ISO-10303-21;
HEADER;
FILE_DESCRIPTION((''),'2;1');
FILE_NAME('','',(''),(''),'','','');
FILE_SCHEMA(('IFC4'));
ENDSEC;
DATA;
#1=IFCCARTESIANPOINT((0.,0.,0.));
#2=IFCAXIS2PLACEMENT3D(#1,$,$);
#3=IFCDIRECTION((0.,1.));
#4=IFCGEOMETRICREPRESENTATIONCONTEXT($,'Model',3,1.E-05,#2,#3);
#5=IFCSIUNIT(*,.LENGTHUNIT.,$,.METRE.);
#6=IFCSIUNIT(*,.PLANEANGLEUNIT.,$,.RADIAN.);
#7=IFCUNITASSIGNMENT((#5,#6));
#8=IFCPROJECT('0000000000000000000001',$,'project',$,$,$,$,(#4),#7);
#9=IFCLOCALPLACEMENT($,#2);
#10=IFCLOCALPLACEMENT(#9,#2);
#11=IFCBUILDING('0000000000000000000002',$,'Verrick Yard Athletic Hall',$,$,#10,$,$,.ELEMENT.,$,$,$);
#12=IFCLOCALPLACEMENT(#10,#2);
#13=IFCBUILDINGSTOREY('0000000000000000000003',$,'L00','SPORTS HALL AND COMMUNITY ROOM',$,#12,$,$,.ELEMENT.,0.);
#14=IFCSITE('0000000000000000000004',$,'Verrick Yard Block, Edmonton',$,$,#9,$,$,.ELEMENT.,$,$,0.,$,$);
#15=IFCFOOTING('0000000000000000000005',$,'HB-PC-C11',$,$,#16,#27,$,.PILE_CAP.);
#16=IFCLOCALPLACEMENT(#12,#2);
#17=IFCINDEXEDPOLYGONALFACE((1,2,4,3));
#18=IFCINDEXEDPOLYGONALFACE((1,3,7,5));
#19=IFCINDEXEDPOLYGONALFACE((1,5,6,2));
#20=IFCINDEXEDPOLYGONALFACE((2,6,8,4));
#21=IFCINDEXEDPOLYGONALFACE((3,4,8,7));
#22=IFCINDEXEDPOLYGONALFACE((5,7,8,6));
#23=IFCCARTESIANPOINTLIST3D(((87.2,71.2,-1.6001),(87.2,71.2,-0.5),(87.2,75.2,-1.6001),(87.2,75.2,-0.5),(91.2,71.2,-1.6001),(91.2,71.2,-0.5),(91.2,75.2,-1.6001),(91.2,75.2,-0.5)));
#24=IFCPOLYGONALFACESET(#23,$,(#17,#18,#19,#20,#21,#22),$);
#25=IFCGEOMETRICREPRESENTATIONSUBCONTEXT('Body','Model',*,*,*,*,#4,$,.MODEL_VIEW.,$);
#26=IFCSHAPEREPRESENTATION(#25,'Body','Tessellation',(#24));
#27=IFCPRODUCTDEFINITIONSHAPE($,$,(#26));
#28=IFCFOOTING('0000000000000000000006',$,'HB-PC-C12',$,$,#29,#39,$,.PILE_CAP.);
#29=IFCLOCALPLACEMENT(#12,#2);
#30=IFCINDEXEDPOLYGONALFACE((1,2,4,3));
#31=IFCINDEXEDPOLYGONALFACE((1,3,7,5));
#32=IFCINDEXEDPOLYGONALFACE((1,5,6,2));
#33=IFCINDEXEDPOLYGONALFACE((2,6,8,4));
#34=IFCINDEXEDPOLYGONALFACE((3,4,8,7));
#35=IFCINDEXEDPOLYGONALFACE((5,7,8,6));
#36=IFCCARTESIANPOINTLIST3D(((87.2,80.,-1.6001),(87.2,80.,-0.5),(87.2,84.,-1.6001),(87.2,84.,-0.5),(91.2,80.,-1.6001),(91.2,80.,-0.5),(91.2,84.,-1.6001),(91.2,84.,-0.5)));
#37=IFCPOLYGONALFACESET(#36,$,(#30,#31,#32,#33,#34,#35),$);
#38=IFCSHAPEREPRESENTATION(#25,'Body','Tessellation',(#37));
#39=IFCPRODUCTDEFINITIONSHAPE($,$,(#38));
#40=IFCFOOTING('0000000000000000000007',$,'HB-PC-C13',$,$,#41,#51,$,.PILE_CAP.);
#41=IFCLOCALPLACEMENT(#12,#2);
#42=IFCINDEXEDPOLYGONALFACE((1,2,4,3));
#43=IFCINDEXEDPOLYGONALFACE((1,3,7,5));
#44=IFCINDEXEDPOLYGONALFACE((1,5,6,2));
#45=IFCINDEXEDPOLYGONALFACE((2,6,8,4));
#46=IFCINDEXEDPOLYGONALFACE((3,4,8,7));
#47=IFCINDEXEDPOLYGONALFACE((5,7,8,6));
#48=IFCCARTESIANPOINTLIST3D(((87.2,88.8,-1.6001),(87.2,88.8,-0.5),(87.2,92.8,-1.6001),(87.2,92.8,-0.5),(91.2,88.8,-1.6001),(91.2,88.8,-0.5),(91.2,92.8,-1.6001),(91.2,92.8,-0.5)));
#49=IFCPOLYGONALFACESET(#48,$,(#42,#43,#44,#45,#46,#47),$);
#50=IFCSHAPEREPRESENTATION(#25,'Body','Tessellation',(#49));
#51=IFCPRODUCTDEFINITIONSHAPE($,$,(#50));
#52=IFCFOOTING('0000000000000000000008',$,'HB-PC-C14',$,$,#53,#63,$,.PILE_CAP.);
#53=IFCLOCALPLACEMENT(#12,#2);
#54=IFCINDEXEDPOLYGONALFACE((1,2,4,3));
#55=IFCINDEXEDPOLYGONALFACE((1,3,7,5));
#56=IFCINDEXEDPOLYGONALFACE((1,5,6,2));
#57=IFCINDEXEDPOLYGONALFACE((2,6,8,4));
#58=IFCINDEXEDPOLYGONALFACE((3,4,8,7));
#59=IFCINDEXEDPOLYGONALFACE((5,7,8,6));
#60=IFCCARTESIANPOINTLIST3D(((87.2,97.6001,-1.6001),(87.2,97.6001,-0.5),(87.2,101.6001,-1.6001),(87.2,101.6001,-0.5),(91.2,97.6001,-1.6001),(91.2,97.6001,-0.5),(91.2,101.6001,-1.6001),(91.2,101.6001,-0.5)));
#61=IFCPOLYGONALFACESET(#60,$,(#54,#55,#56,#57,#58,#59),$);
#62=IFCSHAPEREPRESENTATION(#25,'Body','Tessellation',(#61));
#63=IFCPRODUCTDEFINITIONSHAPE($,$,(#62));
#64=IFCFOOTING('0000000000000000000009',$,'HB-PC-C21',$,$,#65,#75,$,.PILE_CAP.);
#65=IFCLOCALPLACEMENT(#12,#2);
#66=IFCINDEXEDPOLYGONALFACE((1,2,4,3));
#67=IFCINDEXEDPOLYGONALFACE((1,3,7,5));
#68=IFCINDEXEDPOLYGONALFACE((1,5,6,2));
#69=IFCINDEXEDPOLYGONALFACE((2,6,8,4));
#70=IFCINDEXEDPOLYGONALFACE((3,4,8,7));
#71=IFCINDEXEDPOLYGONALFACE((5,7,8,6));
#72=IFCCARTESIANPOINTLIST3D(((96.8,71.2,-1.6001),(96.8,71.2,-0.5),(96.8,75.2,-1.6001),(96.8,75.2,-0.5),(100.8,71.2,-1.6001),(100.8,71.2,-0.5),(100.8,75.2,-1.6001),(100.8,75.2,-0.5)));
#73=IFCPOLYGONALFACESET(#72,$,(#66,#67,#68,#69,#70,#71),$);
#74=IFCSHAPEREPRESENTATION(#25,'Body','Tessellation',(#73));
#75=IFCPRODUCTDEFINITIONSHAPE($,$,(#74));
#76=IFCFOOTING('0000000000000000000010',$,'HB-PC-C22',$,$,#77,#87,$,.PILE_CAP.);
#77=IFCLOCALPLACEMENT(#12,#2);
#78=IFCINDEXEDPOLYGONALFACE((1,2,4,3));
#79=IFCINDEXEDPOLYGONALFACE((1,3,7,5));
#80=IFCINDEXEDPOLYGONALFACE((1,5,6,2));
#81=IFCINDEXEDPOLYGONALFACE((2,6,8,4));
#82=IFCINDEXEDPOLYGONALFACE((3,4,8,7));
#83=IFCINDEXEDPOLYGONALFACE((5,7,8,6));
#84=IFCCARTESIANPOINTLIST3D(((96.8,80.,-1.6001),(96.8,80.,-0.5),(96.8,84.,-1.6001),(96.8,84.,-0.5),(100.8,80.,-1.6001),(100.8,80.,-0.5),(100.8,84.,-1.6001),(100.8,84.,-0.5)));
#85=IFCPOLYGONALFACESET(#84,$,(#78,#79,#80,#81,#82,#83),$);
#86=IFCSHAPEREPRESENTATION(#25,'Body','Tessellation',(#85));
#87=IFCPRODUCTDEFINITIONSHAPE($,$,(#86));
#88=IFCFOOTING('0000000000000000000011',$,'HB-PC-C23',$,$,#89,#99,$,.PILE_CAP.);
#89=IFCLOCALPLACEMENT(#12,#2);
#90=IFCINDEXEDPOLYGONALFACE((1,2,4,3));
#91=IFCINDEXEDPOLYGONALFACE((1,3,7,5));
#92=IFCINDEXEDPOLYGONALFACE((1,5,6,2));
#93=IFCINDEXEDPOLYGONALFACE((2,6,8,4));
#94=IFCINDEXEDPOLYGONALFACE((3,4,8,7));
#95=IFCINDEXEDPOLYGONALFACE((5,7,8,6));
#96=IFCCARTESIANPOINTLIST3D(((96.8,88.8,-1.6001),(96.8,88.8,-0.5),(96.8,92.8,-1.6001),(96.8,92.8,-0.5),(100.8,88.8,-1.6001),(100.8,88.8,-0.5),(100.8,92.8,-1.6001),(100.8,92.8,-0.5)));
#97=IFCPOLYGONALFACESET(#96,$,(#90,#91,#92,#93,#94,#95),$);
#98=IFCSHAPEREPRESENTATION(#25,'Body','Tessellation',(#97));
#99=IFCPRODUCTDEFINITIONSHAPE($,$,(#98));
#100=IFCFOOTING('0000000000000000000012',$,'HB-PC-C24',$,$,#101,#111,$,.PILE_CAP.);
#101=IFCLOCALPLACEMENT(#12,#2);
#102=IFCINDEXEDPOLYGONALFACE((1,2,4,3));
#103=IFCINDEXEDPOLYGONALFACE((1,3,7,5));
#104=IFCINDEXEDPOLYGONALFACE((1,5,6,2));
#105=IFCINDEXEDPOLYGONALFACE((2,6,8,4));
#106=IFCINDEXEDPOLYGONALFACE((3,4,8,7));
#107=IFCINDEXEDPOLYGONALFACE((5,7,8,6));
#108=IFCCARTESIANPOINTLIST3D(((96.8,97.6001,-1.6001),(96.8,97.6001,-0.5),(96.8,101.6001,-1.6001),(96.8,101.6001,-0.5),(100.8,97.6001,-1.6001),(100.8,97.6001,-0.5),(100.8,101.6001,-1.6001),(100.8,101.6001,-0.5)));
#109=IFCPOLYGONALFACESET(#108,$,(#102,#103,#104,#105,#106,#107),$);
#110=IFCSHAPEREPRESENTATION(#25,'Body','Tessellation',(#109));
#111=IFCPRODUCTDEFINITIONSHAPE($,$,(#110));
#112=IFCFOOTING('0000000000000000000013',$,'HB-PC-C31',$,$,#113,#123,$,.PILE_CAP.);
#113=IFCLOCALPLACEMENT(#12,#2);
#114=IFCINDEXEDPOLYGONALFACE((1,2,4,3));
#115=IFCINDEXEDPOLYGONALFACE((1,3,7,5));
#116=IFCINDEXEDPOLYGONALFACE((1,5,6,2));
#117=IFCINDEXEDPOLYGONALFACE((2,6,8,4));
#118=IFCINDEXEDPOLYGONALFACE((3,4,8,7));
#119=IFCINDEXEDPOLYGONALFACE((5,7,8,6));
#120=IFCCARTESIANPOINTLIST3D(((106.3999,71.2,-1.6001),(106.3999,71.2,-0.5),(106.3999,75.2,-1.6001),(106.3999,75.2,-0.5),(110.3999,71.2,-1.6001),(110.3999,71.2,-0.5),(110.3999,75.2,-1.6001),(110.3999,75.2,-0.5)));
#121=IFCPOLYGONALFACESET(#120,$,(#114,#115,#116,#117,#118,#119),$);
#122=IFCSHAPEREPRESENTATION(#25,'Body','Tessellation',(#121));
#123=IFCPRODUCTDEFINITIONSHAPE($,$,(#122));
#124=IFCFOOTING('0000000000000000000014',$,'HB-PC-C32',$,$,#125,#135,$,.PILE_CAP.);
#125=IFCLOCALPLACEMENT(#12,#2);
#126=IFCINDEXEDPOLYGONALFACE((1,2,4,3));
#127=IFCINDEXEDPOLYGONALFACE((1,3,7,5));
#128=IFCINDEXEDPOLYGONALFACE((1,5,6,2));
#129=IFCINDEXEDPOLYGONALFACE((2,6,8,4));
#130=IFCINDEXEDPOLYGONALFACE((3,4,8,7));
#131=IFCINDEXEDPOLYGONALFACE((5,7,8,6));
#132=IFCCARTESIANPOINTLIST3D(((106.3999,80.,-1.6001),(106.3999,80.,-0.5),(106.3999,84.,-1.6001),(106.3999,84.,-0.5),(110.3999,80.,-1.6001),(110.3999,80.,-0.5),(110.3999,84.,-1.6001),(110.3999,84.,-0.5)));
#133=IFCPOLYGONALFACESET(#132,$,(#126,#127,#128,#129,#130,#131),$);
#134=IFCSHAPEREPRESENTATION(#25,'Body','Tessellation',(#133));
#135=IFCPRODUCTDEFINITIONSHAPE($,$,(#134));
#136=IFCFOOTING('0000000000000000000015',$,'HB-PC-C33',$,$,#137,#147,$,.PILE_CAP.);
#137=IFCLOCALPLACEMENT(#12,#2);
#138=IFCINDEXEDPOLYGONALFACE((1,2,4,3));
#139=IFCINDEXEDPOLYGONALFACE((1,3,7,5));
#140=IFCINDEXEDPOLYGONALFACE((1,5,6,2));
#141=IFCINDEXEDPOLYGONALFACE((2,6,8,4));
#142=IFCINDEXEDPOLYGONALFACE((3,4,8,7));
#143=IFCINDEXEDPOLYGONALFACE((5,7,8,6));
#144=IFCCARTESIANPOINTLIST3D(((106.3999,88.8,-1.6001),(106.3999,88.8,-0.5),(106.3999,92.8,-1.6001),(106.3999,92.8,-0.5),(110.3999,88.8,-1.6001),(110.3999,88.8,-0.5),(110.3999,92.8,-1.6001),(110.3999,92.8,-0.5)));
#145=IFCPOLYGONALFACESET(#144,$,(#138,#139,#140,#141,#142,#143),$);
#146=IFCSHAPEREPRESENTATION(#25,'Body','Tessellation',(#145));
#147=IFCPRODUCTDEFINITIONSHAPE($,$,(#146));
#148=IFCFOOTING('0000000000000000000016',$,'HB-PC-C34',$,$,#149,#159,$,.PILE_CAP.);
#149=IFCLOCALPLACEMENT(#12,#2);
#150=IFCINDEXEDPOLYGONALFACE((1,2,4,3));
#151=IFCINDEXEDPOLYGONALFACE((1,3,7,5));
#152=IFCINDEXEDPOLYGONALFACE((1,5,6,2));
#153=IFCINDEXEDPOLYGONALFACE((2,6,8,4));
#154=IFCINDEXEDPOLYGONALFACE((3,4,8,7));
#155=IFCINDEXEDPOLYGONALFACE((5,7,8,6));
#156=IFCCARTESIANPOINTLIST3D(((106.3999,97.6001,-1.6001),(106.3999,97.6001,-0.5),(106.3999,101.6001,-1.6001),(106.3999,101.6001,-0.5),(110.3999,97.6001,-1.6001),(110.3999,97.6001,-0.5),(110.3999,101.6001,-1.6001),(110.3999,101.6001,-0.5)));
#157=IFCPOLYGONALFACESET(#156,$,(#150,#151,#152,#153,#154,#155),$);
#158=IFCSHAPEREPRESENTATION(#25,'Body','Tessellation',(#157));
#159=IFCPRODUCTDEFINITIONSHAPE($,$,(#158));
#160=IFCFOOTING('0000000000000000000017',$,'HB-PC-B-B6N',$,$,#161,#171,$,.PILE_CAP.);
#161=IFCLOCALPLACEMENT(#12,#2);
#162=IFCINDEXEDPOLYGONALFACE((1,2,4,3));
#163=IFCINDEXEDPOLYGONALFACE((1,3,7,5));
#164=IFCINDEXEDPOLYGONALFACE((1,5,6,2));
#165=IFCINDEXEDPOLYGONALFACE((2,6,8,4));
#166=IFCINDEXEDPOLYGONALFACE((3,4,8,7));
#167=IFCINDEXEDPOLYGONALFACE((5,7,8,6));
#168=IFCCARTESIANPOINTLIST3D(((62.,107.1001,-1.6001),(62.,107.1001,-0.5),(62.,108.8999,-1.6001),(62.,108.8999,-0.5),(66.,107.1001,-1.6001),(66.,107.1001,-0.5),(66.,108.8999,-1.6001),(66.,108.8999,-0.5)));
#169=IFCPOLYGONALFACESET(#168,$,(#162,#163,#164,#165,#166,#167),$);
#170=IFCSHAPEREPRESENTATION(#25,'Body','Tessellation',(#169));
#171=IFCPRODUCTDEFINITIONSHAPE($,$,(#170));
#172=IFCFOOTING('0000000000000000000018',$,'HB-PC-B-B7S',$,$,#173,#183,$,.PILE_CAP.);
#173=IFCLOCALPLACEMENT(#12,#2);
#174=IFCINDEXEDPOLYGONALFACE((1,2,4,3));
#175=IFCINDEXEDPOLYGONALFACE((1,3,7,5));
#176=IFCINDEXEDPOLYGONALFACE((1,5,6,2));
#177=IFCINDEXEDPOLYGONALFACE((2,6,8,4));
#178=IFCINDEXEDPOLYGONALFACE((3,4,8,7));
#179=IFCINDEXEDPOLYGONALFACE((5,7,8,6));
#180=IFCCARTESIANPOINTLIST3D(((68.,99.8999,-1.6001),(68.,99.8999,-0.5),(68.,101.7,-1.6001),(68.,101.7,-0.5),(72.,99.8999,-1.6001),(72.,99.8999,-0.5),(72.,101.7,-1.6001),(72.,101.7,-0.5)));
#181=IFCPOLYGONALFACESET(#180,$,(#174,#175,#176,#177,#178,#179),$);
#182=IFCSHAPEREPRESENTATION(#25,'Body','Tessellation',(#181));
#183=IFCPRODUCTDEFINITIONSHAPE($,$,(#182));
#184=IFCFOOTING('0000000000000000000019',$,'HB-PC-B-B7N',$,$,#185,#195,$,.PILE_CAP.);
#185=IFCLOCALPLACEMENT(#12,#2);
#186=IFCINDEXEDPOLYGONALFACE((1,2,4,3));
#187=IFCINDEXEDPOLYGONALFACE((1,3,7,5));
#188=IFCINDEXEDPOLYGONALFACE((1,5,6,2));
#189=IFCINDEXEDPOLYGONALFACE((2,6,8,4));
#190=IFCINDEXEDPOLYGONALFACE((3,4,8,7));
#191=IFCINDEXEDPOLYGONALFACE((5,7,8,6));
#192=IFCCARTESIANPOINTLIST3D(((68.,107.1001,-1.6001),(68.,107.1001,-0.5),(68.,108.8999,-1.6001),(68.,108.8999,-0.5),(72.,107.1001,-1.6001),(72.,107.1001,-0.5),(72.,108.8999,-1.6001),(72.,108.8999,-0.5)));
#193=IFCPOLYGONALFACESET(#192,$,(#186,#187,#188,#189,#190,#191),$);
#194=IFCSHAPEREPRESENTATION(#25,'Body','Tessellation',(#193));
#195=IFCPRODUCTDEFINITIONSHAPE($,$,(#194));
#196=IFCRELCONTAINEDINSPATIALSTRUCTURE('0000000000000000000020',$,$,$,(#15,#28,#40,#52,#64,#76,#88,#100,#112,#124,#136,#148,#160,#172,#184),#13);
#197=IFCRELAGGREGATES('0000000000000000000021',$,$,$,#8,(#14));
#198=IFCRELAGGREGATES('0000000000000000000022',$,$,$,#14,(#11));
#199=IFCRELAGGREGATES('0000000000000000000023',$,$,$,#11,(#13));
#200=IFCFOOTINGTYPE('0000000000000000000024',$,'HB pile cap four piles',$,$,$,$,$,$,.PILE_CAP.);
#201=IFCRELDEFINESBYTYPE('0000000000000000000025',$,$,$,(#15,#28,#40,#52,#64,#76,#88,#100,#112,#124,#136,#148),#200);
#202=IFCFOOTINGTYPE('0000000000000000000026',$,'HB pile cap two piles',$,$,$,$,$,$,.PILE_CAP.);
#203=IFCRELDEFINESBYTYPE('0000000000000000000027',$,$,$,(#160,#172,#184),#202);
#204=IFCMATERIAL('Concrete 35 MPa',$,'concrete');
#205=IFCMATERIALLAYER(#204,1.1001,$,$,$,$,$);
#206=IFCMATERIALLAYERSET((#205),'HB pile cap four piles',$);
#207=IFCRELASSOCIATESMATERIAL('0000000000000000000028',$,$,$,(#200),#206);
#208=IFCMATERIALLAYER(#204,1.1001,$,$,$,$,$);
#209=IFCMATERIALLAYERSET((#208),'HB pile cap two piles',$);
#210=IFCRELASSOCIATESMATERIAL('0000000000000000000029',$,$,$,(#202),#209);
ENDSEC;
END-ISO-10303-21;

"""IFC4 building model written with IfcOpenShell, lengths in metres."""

from ifc_helpers import new_model, si_unit, direction, frame, origin, place, context, subcontext, project, spatial, polyline, outline, extrude, material, layer, layer_set, type_object, element, save


model = new_model("IFC4")

# Units and contexts
model_context = context("Model", 3, precision=1e-05, world=origin(), true_north=direction((0.0, 1.0)))
body_context = subcontext(model_context, "Body", "Model", "MODEL_VIEW")
ifc_project = project(units=[si_unit("LENGTHUNIT", "METRE"), si_unit("PLANEANGLEUNIT", "RADIAN")], contexts=[model_context])

# Site, building, storey
site_placement = place(None, origin())
site = spatial("IfcSite", under=ifc_project, at=site_placement, Name="Verrick Yard Block, Edmonton", CompositionType="ELEMENT", RefElevation=0.0)
building_placement = place(site_placement, origin())
building = spatial("IfcBuilding", under=site, at=building_placement, Name="Verrick Yard Athletic Hall", CompositionType="ELEMENT")
storey_placement = place(building_placement, origin())
storey = spatial("IfcBuildingStorey", under=building, at=storey_placement, Name="L00", Description="SPORTS HALL AND COMMUNITY ROOM", CompositionType="ELEMENT", Elevation=0.0)

# Footings
ifc_material_1 = material(Name="Concrete 35 MPa", Category="concrete")
ifc_layer_1 = layer(ifc_material_1, 1.1001)
ifc_layer_set_1 = layer_set([ifc_layer_1], Name="HB pile cap four piles")
footing_type_1 = type_object("IfcFootingType", Name="HB pile cap four piles", PredefinedType="PILE_CAP", material=ifc_layer_set_1)
footing_1_placement = place(storey_placement, frame((0.0, 0.0, -1.6001)))
element("IfcFooting", 1, at=footing_1_placement, inside=storey, type_object=footing_type_1, Name="HB-PC-C11", PredefinedType="PILE_CAP", context=body_context, shape_type="SweptSolid", body=[
    extrude(outline(polyline([(87.2, 71.2), (91.2, 71.2), (91.2, 75.2), (87.2, 75.2), (87.2, 71.2)])), origin(), (0.0, 0.0, 1.0), 1.1001),
])
footing_2_placement = place(storey_placement, frame((0.0, 0.0, -1.6001)))
element("IfcFooting", 2, at=footing_2_placement, inside=storey, type_object=footing_type_1, Name="HB-PC-C12", PredefinedType="PILE_CAP", context=body_context, shape_type="SweptSolid", body=[
    extrude(outline(polyline([(87.2, 80.0), (91.2, 80.0), (91.2, 84.0), (87.2, 84.0), (87.2, 80.0)])), origin(), (0.0, 0.0, 1.0), 1.1001),
])
footing_3_placement = place(storey_placement, frame((0.0, 0.0, -1.6001)))
element("IfcFooting", 3, at=footing_3_placement, inside=storey, type_object=footing_type_1, Name="HB-PC-C13", PredefinedType="PILE_CAP", context=body_context, shape_type="SweptSolid", body=[
    extrude(outline(polyline([(87.2, 88.8), (91.2, 88.8), (91.2, 92.8), (87.2, 92.8), (87.2, 88.8)])), origin(), (0.0, 0.0, 1.0), 1.1001),
])
footing_4_placement = place(storey_placement, frame((0.0, 0.0, -1.6001)))
element("IfcFooting", 4, at=footing_4_placement, inside=storey, type_object=footing_type_1, Name="HB-PC-C14", PredefinedType="PILE_CAP", context=body_context, shape_type="SweptSolid", body=[
    extrude(outline(polyline([(87.2, 97.6001), (91.2, 97.6001), (91.2, 101.6001), (87.2, 101.6001), (87.2, 97.6001)])), origin(), (0.0, 0.0, 1.0), 1.1001),
])
footing_5_placement = place(storey_placement, frame((0.0, 0.0, -1.6001)))
element("IfcFooting", 5, at=footing_5_placement, inside=storey, type_object=footing_type_1, Name="HB-PC-C21", PredefinedType="PILE_CAP", context=body_context, shape_type="SweptSolid", body=[
    extrude(outline(polyline([(96.8, 71.2), (100.8, 71.2), (100.8, 75.2), (96.8, 75.2), (96.8, 71.2)])), origin(), (0.0, 0.0, 1.0), 1.1001),
])
footing_6_placement = place(storey_placement, frame((0.0, 0.0, -1.6001)))
element("IfcFooting", 6, at=footing_6_placement, inside=storey, type_object=footing_type_1, Name="HB-PC-C22", PredefinedType="PILE_CAP", context=body_context, shape_type="SweptSolid", body=[
    extrude(outline(polyline([(96.8, 80.0), (100.8, 80.0), (100.8, 84.0), (96.8, 84.0), (96.8, 80.0)])), origin(), (0.0, 0.0, 1.0), 1.1001),
])
footing_7_placement = place(storey_placement, frame((0.0, 0.0, -1.6001)))
element("IfcFooting", 7, at=footing_7_placement, inside=storey, type_object=footing_type_1, Name="HB-PC-C23", PredefinedType="PILE_CAP", context=body_context, shape_type="SweptSolid", body=[
    extrude(outline(polyline([(96.8, 88.8), (100.8, 88.8), (100.8, 92.8), (96.8, 92.8), (96.8, 88.8)])), origin(), (0.0, 0.0, 1.0), 1.1001),
])
footing_8_placement = place(storey_placement, frame((0.0, 0.0, -1.6001)))
element("IfcFooting", 8, at=footing_8_placement, inside=storey, type_object=footing_type_1, Name="HB-PC-C24", PredefinedType="PILE_CAP", context=body_context, shape_type="SweptSolid", body=[
    extrude(outline(polyline([(96.8, 97.6001), (100.8, 97.6001), (100.8, 101.6001), (96.8, 101.6001), (96.8, 97.6001)])), origin(), (0.0, 0.0, 1.0), 1.1001),
])
footing_9_placement = place(storey_placement, frame((0.0, 0.0, -1.6001)))
element("IfcFooting", 9, at=footing_9_placement, inside=storey, type_object=footing_type_1, Name="HB-PC-C31", PredefinedType="PILE_CAP", context=body_context, shape_type="SweptSolid", body=[
    extrude(outline(polyline([(106.3999, 71.2), (110.3999, 71.2), (110.3999, 75.2), (106.3999, 75.2), (106.3999, 71.2)])), origin(), (0.0, 0.0, 1.0), 1.1001),
])
footing_10_placement = place(storey_placement, frame((0.0, 0.0, -1.6001)))
element("IfcFooting", 10, at=footing_10_placement, inside=storey, type_object=footing_type_1, Name="HB-PC-C32", PredefinedType="PILE_CAP", context=body_context, shape_type="SweptSolid", body=[
    extrude(outline(polyline([(106.3999, 80.0), (110.3999, 80.0), (110.3999, 84.0), (106.3999, 84.0), (106.3999, 80.0)])), origin(), (0.0, 0.0, 1.0), 1.1001),
])
footing_11_placement = place(storey_placement, frame((0.0, 0.0, -1.6001)))
element("IfcFooting", 11, at=footing_11_placement, inside=storey, type_object=footing_type_1, Name="HB-PC-C33", PredefinedType="PILE_CAP", context=body_context, shape_type="SweptSolid", body=[
    extrude(outline(polyline([(106.3999, 88.8), (110.3999, 88.8), (110.3999, 92.8), (106.3999, 92.8), (106.3999, 88.8)])), origin(), (0.0, 0.0, 1.0), 1.1001),
])
footing_12_placement = place(storey_placement, frame((0.0, 0.0, -1.6001)))
element("IfcFooting", 12, at=footing_12_placement, inside=storey, type_object=footing_type_1, Name="HB-PC-C34", PredefinedType="PILE_CAP", context=body_context, shape_type="SweptSolid", body=[
    extrude(outline(polyline([(106.3999, 97.6001), (110.3999, 97.6001), (110.3999, 101.6001), (106.3999, 101.6001), (106.3999, 97.6001)])), origin(), (0.0, 0.0, 1.0), 1.1001),
])
ifc_layer_2 = layer(ifc_material_1, 1.1001)
ifc_layer_set_2 = layer_set([ifc_layer_2], Name="HB pile cap two piles")
footing_type_2 = type_object("IfcFootingType", Name="HB pile cap two piles", PredefinedType="PILE_CAP", material=ifc_layer_set_2)
footing_13_placement = place(storey_placement, frame((0.0, 0.0, -1.6001)))
element("IfcFooting", 13, at=footing_13_placement, inside=storey, type_object=footing_type_2, Name="HB-PC-B-B6N", PredefinedType="PILE_CAP", context=body_context, shape_type="SweptSolid", body=[
    extrude(outline(polyline([(62.0, 107.1001), (66.0, 107.1001), (66.0, 108.8999), (62.0, 108.8999), (62.0, 107.1001)])), origin(), (0.0, 0.0, 1.0), 1.1001),
])
footing_14_placement = place(storey_placement, frame((0.0, 0.0, -1.6001)))
element("IfcFooting", 14, at=footing_14_placement, inside=storey, type_object=footing_type_2, Name="HB-PC-B-B7S", PredefinedType="PILE_CAP", context=body_context, shape_type="SweptSolid", body=[
    extrude(outline(polyline([(68.0, 99.8999), (72.0, 99.8999), (72.0, 101.7), (68.0, 101.7), (68.0, 99.8999)])), origin(), (0.0, 0.0, 1.0), 1.1001),
])
footing_15_placement = place(storey_placement, frame((0.0, 0.0, -1.6001)))
element("IfcFooting", 15, at=footing_15_placement, inside=storey, type_object=footing_type_2, Name="HB-PC-B-B7N", PredefinedType="PILE_CAP", context=body_context, shape_type="SweptSolid", body=[
    extrude(outline(polyline([(68.0, 107.1001), (72.0, 107.1001), (72.0, 108.8999), (68.0, 108.8999), (68.0, 107.1001)])), origin(), (0.0, 0.0, 1.0), 1.1001),
])

save(model, "model.ifc")
